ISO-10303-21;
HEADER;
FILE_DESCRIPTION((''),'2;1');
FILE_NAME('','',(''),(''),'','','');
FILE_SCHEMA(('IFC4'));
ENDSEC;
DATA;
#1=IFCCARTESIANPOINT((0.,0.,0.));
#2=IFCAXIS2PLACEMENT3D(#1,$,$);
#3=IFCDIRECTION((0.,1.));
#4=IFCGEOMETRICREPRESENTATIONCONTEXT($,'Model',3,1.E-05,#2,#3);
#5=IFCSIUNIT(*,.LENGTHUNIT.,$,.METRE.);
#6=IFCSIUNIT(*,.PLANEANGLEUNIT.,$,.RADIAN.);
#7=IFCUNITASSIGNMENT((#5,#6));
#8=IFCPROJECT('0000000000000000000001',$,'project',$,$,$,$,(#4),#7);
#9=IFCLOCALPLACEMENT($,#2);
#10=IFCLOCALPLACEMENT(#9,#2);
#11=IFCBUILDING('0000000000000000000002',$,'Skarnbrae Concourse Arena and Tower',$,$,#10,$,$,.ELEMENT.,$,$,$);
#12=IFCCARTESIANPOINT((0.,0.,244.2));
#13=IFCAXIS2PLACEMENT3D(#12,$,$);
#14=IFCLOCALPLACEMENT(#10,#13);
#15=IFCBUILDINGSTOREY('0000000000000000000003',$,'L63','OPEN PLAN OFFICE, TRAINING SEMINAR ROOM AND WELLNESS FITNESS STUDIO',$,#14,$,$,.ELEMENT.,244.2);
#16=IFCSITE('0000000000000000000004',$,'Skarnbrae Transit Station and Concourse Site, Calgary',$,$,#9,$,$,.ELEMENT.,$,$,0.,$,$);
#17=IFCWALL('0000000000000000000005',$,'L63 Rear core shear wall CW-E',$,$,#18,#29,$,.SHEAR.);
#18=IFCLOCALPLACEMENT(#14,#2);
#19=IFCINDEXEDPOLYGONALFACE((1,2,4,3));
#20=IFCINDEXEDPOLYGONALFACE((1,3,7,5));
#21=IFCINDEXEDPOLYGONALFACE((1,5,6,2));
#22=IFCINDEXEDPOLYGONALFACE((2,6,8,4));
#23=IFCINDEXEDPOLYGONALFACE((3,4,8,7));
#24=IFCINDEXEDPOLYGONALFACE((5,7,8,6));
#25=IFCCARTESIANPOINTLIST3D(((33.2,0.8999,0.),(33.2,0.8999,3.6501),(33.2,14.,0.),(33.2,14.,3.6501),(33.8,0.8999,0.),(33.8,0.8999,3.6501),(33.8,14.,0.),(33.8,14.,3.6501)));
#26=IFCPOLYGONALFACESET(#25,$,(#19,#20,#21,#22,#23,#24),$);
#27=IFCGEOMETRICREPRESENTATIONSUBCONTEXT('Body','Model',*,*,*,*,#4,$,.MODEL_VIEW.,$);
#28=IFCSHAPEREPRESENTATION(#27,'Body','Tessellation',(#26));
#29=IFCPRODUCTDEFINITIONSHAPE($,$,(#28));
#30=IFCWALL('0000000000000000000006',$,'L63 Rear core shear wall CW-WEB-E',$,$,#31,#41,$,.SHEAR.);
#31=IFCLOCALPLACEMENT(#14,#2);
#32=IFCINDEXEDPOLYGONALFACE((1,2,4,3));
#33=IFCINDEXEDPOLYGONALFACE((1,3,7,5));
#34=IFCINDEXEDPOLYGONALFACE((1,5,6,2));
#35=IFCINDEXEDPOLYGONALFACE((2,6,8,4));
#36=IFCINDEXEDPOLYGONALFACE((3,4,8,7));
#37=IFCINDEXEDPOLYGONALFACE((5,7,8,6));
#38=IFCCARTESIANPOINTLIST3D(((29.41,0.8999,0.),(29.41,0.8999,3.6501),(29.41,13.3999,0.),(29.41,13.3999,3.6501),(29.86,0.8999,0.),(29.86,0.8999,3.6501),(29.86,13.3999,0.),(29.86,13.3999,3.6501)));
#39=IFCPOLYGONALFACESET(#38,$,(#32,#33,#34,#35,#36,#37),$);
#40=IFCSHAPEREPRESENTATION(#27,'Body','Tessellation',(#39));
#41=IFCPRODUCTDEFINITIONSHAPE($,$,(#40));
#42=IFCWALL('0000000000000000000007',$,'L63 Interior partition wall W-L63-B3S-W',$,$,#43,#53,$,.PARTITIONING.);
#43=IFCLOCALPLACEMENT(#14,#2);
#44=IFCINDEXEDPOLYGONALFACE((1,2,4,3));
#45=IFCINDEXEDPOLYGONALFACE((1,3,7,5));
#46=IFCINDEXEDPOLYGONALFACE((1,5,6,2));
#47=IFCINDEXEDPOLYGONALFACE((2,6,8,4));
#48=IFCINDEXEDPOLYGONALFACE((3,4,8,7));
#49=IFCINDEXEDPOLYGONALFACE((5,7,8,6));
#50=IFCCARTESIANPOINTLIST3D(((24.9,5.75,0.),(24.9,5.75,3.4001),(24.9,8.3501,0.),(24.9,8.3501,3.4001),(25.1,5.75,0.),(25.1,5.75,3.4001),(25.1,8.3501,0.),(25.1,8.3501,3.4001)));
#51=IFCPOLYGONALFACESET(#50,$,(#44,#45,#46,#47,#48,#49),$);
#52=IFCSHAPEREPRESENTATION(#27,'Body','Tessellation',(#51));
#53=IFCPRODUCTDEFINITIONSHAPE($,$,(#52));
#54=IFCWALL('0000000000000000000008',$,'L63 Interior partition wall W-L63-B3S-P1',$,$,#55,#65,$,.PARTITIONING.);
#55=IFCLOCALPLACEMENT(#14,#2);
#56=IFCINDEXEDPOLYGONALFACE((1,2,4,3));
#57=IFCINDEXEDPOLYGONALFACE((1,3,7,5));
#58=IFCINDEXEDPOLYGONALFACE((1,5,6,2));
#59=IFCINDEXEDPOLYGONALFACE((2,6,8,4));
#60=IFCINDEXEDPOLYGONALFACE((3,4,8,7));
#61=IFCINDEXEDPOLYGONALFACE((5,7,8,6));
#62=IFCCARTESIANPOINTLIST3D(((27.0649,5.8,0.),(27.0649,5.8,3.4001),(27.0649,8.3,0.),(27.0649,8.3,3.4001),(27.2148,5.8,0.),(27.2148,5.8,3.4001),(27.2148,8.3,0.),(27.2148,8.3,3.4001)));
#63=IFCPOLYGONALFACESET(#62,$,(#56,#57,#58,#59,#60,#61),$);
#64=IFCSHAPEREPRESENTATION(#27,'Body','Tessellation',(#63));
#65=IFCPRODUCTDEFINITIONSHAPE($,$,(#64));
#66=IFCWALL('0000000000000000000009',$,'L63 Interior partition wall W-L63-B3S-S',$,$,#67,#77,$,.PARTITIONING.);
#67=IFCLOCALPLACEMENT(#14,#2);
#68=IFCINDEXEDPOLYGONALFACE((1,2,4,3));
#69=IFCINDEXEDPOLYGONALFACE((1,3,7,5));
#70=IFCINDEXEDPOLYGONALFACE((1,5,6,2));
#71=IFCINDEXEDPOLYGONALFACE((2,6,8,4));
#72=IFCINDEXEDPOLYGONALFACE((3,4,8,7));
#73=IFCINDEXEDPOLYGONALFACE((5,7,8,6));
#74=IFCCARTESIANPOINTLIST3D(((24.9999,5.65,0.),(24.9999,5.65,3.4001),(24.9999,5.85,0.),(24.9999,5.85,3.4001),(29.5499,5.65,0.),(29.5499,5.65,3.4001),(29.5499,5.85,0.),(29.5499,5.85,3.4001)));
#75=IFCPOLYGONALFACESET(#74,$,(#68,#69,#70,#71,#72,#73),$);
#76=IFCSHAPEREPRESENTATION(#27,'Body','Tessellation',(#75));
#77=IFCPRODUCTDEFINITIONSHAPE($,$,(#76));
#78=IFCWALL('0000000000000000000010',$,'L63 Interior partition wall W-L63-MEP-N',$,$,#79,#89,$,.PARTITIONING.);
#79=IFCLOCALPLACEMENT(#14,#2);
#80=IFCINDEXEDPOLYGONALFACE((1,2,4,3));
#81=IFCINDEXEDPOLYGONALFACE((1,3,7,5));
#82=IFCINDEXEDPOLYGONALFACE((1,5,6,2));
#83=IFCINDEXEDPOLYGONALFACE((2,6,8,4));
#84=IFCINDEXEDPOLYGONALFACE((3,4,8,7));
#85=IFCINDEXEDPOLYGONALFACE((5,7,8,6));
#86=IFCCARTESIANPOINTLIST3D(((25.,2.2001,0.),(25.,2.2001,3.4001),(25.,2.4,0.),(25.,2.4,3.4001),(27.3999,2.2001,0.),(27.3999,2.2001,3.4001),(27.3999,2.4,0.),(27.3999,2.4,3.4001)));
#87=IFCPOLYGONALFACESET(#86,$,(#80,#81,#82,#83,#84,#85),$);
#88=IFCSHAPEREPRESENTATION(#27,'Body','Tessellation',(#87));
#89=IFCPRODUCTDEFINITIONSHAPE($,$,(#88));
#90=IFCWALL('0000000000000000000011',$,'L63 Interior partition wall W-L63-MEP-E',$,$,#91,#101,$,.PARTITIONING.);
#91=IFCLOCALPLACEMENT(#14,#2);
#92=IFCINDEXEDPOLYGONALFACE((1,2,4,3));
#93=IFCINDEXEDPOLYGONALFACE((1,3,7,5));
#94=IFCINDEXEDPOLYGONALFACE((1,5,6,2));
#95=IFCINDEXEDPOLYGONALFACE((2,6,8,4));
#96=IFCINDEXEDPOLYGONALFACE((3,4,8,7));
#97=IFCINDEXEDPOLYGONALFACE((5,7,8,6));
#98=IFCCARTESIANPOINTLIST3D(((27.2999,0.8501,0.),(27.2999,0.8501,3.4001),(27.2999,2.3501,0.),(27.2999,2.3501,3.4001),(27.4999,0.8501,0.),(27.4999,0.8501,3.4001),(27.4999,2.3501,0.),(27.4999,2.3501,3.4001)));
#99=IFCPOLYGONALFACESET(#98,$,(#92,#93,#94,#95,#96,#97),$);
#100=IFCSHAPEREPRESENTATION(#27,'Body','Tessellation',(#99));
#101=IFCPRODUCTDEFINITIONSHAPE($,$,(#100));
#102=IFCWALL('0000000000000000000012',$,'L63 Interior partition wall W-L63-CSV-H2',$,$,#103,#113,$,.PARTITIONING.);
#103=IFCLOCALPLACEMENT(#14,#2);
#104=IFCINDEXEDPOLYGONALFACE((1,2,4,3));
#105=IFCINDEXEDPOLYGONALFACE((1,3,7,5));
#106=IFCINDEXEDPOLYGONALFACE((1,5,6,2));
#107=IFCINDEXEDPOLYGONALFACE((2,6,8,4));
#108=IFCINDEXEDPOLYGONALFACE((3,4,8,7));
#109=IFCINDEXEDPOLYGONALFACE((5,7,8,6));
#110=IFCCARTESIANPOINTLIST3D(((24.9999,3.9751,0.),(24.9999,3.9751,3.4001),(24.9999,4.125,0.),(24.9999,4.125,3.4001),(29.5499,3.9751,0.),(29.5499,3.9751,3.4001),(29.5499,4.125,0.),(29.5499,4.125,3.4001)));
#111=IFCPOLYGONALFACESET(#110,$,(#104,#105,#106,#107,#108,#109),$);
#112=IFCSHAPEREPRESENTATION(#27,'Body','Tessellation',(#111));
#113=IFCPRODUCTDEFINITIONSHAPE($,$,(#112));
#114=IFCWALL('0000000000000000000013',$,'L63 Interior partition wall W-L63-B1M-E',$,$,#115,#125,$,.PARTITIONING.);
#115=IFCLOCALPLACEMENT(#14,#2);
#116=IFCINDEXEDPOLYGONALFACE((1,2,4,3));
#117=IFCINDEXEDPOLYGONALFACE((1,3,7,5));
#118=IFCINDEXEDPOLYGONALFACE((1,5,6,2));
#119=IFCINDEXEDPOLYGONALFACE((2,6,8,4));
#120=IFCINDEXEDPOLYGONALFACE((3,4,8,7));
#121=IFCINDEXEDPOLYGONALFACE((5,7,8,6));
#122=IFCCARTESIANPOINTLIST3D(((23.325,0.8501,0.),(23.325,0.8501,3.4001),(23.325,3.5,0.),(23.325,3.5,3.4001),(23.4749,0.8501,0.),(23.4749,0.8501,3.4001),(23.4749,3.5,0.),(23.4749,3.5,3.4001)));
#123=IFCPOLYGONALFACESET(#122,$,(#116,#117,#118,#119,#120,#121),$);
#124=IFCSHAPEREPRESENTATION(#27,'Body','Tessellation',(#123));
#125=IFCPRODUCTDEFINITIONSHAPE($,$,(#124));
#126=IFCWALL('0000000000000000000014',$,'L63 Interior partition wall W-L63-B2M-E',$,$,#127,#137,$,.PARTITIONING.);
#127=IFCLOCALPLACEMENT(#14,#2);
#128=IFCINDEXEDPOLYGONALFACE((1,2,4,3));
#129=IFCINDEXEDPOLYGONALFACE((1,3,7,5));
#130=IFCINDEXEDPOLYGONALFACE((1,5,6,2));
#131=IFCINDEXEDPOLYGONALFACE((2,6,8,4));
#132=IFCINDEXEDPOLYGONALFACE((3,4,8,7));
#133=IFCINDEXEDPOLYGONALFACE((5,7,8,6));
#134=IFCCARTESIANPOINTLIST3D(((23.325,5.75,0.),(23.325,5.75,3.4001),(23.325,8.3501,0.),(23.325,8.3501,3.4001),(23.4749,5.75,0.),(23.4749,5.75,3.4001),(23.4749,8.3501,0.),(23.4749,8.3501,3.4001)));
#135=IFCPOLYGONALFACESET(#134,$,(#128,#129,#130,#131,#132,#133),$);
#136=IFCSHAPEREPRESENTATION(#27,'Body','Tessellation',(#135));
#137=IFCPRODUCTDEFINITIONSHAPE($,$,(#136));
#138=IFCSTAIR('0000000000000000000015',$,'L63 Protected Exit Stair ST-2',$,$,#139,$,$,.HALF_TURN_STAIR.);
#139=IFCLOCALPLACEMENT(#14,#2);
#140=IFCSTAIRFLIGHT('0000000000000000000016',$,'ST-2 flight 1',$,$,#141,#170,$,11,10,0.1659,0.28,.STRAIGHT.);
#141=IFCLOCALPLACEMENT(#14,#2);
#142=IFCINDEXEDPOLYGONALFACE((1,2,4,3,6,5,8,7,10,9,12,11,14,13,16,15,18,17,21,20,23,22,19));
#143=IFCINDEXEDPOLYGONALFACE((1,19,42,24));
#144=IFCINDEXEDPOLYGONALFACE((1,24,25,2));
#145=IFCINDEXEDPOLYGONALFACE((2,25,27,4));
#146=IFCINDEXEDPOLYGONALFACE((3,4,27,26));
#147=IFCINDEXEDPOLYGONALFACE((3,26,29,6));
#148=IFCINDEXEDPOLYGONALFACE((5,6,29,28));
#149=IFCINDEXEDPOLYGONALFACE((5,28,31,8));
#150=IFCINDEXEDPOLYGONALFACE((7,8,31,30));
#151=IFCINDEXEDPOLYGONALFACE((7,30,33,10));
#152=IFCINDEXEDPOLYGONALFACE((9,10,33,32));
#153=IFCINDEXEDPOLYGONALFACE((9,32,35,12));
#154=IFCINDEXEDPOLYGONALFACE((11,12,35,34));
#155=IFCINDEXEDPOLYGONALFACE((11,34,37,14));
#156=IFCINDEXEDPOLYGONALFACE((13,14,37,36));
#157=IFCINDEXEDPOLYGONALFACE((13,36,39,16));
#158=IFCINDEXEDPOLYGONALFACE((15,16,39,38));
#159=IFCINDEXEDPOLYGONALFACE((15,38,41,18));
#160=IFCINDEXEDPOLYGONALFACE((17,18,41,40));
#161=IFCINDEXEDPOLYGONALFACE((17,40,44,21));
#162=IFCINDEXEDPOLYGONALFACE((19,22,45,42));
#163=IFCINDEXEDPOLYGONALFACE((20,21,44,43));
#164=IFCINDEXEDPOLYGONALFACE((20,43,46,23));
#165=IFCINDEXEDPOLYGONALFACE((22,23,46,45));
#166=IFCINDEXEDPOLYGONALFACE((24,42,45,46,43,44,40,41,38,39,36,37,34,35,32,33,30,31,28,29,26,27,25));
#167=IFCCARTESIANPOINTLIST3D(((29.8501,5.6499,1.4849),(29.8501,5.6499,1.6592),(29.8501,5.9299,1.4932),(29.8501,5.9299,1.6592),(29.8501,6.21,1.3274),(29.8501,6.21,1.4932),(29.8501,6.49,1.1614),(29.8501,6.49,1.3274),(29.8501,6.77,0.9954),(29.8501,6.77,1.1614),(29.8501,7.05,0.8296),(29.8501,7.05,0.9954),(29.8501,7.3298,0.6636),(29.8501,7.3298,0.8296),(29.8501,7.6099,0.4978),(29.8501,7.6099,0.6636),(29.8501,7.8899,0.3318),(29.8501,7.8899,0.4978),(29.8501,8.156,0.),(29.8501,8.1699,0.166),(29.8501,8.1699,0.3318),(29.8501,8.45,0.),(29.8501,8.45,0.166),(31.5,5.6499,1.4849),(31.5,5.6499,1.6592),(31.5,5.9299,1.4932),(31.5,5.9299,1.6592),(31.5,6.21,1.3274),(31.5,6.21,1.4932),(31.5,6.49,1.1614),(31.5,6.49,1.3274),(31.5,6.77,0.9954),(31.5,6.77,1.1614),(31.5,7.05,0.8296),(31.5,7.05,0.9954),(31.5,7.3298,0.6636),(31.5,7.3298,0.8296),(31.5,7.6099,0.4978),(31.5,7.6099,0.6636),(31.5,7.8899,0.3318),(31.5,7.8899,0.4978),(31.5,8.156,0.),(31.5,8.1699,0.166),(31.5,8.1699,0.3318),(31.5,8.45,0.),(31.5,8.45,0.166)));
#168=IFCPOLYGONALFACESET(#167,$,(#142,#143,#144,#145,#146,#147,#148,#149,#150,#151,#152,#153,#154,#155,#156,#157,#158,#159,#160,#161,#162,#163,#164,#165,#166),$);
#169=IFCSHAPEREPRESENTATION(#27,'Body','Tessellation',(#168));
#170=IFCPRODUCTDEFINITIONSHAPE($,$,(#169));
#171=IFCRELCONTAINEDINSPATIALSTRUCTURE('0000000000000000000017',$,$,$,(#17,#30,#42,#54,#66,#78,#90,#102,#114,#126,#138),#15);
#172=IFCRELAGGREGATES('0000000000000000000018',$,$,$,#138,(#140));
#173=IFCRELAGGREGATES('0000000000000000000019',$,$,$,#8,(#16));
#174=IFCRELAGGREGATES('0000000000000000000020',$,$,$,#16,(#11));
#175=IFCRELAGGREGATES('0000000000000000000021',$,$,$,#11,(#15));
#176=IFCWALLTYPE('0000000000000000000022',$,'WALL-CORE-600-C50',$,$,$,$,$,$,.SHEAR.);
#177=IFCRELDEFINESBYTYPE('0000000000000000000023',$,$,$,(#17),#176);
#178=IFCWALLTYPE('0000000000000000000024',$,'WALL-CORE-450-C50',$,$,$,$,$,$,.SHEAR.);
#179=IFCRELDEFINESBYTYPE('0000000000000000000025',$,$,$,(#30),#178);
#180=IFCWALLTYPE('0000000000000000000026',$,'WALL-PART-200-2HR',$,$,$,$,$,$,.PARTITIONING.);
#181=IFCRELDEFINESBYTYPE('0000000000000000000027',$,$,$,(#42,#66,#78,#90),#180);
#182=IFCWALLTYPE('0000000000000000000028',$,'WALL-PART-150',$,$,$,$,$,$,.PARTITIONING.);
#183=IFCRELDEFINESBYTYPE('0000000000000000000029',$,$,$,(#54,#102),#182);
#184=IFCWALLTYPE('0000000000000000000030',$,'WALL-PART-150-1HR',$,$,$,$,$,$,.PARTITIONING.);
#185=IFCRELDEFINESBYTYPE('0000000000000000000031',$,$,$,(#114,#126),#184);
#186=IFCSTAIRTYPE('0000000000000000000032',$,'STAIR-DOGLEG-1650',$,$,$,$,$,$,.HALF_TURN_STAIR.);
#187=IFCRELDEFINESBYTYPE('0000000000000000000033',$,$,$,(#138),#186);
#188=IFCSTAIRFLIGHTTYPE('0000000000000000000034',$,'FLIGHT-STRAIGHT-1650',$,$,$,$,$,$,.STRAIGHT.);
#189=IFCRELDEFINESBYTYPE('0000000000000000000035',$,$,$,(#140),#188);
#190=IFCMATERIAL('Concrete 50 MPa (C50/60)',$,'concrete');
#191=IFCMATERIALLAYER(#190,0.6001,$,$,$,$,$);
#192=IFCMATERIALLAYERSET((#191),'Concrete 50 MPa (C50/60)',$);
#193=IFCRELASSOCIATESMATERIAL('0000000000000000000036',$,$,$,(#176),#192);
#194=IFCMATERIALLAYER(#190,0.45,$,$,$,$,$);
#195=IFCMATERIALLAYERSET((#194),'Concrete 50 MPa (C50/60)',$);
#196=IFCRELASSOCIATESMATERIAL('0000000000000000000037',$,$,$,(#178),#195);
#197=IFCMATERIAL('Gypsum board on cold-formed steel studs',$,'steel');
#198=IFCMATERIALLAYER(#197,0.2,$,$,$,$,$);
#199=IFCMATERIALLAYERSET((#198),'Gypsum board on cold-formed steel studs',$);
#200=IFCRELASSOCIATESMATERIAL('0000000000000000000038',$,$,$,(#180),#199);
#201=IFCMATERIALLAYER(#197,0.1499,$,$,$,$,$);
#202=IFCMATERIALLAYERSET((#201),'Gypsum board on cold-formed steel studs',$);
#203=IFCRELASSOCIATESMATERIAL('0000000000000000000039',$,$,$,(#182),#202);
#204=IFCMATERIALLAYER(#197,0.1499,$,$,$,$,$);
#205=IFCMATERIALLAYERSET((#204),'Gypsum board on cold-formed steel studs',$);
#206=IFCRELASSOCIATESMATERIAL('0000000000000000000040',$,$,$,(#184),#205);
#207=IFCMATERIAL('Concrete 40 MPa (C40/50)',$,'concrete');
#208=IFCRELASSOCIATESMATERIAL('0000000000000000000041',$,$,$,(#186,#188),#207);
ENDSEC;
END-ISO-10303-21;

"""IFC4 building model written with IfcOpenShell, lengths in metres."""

from ifc_helpers import new_model, si_unit, direction, frame, frame_2d, origin, place, context, subcontext, project, spatial, polyline, rectangle, outline, extrude, source, transform, mapped, material, layer, layer_set, type_object, element, aggregate, save


model = new_model("IFC4")

# Units and contexts
model_context = context("Model", 3, precision=1e-05, world=origin(), true_north=direction((0.0, 1.0)))
body_context = subcontext(model_context, "Body", "Model", "MODEL_VIEW")
ifc_project = project(units=[si_unit("LENGTHUNIT", "METRE"), si_unit("PLANEANGLEUNIT", "RADIAN")], contexts=[model_context])

# Site, building, storey
site_placement = place(None, origin())
site = spatial("IfcSite", under=ifc_project, at=site_placement, Name="Skarnbrae Transit Station and Concourse Site, Calgary", CompositionType="ELEMENT", RefElevation=0.0)
building_placement = place(site_placement, origin())
building = spatial("IfcBuilding", under=site, at=building_placement, Name="Skarnbrae Concourse Arena and Tower", CompositionType="ELEMENT")
storey_placement = place(building_placement, frame((0.0, 0.0, 244.2)))
storey = spatial("IfcBuildingStorey", under=building, at=storey_placement, Name="L63", Description="OPEN PLAN OFFICE, TRAINING SEMINAR ROOM AND WELLNESS FITNESS STUDIO", CompositionType="ELEMENT", Elevation=244.2)

# Walls
ifc_material_1 = material(Name="Concrete 50 MPa (C50/60)", Category="concrete")
ifc_layer_1 = layer(ifc_material_1, 0.6001)
ifc_layer_set_1 = layer_set([ifc_layer_1], Name="Concrete 50 MPa (C50/60)")
wall_type_1 = type_object("IfcWallType", Name="WALL-CORE-600-C50", PredefinedType="SHEAR", material=ifc_layer_set_1)
shared_shape_1 = source(origin(), body_context, "Body", "SweptSolid", [
    extrude(rectangle(XDim=13.1001, YDim=0.6001, at=frame_2d((6.55, 0.0))), origin(), (0.0, 0.0, 1.0), 3.6501),
])
wall_1_placement = place(storey_placement, frame((33.5, 0.8999, 0.0), z_axis=(0.0, 0.0, 1.0), x_axis=(0.0, 1.0, 0.0)))
element("IfcWall", 1, at=wall_1_placement, inside=storey, type_object=wall_type_1, Name="L63 Rear core shear wall CW-E", PredefinedType="SHEAR", context=body_context, shape_type="MappedRepresentation", body=[
    mapped(shared_shape_1, transform((0.0, 0.0, 0.0))),
])
ifc_layer_2 = layer(ifc_material_1, 0.45)
ifc_layer_set_2 = layer_set([ifc_layer_2], Name="Concrete 50 MPa (C50/60)")
wall_type_2 = type_object("IfcWallType", Name="WALL-CORE-450-C50", PredefinedType="SHEAR", material=ifc_layer_set_2)
shared_shape_2 = source(origin(), body_context, "Body", "SweptSolid", [
    extrude(rectangle(XDim=12.5, YDim=0.45, at=frame_2d((6.25, 0.0))), origin(), (0.0, 0.0, 1.0), 3.6501),
])
wall_2_placement = place(storey_placement, frame((29.635, 0.8999, 0.0), z_axis=(0.0, 0.0, 1.0), x_axis=(0.0, 1.0, 0.0)))
element("IfcWall", 2, at=wall_2_placement, inside=storey, type_object=wall_type_2, Name="L63 Rear core shear wall CW-WEB-E", PredefinedType="SHEAR", context=body_context, shape_type="MappedRepresentation", body=[
    mapped(shared_shape_2, transform((0.0, 0.0, 0.0))),
])
ifc_material_2 = material(Name="Gypsum board on cold-formed steel studs", Category="steel")
ifc_layer_3 = layer(ifc_material_2, 0.2)
ifc_layer_set_3 = layer_set([ifc_layer_3], Name="Gypsum board on cold-formed steel studs")
wall_type_3 = type_object("IfcWallType", Name="WALL-PART-200-2HR", PredefinedType="PARTITIONING", material=ifc_layer_set_3)
shared_shape_3 = source(origin(), body_context, "Body", "SweptSolid", [
    extrude(rectangle(XDim=2.6001, YDim=0.2, at=frame_2d((1.3, 0.0))), origin(), (0.0, 0.0, 1.0), 3.4001),
])
wall_3_placement = place(storey_placement, frame((25.0, 5.75, 0.0), z_axis=(0.0, 0.0, 1.0), x_axis=(0.0, 1.0, 0.0)))
element("IfcWall", 3, at=wall_3_placement, inside=storey, type_object=wall_type_3, Name="L63 Interior partition wall W-L63-B3S-W", PredefinedType="PARTITIONING", context=body_context, shape_type="MappedRepresentation", body=[
    mapped(shared_shape_3, transform((0.0, 0.0, 0.0))),
])
ifc_layer_4 = layer(ifc_material_2, 0.1499)
ifc_layer_set_4 = layer_set([ifc_layer_4], Name="Gypsum board on cold-formed steel studs")
wall_type_4 = type_object("IfcWallType", Name="WALL-PART-150", PredefinedType="PARTITIONING", material=ifc_layer_set_4)
shared_shape_4 = source(origin(), body_context, "Body", "SweptSolid", [
    extrude(rectangle(XDim=2.5, YDim=0.1499, at=frame_2d((1.25, 0.0))), origin(), (0.0, 0.0, 1.0), 3.4001),
])
wall_4_placement = place(storey_placement, frame((27.1399, 5.8, 0.0), z_axis=(0.0, 0.0, 1.0), x_axis=(0.0, 1.0, 0.0)))
element("IfcWall", 4, at=wall_4_placement, inside=storey, type_object=wall_type_4, Name="L63 Interior partition wall W-L63-B3S-P1", PredefinedType="PARTITIONING", context=body_context, shape_type="MappedRepresentation", body=[
    mapped(shared_shape_4, transform((0.0, 0.0, 0.0))),
])

# Shared definitions
shared_shape_5 = source(origin(), body_context, "Body", "SweptSolid", [
    extrude(rectangle(XDim=4.55, YDim=0.2, at=frame_2d((2.2749, 0.0))), origin(), (0.0, 0.0, 1.0), 3.4001),
])

# Wall
wall_5_placement = place(storey_placement, frame((25.0, 5.75, 0.0), z_axis=(0.0, 0.0, 1.0), x_axis=(1.0, 0.0, 0.0)))
element("IfcWall", 5, at=wall_5_placement, inside=storey, type_object=wall_type_3, Name="L63 Interior partition wall W-L63-B3S-S", PredefinedType="PARTITIONING", context=body_context, shape_type="MappedRepresentation", body=[
    mapped(shared_shape_5, transform((0.0, 0.0, 0.0))),
])

# Shared definitions
ifc_layer_5 = layer(ifc_material_2, 0.1499)
ifc_layer_set_5 = layer_set([ifc_layer_5], Name="Gypsum board on cold-formed steel studs")
wall_type_5 = type_object("IfcWallType", Name="WALL-PART-150-1HR", PredefinedType="PARTITIONING", material=ifc_layer_set_5)

# Walls
shared_shape_6 = source(origin(), body_context, "Body", "SweptSolid", [
    extrude(rectangle(XDim=2.3999, YDim=0.2, at=frame_2d((1.2, 0.0))), origin(), (0.0, 0.0, 1.0), 3.4001),
])
wall_6_placement = place(storey_placement, frame((25.0, 2.3, 0.0), z_axis=(0.0, 0.0, 1.0), x_axis=(1.0, 0.0, 0.0)))
element("IfcWall", 6, at=wall_6_placement, inside=storey, type_object=wall_type_3, Name="L63 Interior partition wall W-L63-MEP-N", PredefinedType="PARTITIONING", context=body_context, shape_type="MappedRepresentation", body=[
    mapped(shared_shape_6, transform((0.0, 0.0, 0.0))),
])
shared_shape_7 = source(origin(), body_context, "Body", "SweptSolid", [
    extrude(rectangle(XDim=1.5, YDim=0.2, at=frame_2d((0.75, 0.0))), origin(), (0.0, 0.0, 1.0), 3.4001),
])
wall_7_placement = place(storey_placement, frame((27.3999, 0.8501, 0.0), z_axis=(0.0, 0.0, 1.0), x_axis=(0.0, 1.0, 0.0)))
element("IfcWall", 7, at=wall_7_placement, inside=storey, type_object=wall_type_3, Name="L63 Interior partition wall W-L63-MEP-E", PredefinedType="PARTITIONING", context=body_context, shape_type="MappedRepresentation", body=[
    mapped(shared_shape_7, transform((0.0, 0.0, 0.0))),
])
shared_shape_8 = source(origin(), body_context, "Body", "SweptSolid", [
    extrude(rectangle(XDim=4.55, YDim=0.1499, at=frame_2d((2.2749, 0.0))), origin(), (0.0, 0.0, 1.0), 3.4001),
])
wall_8_placement = place(storey_placement, frame((25.0, 4.05, 0.0), z_axis=(0.0, 0.0, 1.0), x_axis=(1.0, 0.0, 0.0)))
element("IfcWall", 8, at=wall_8_placement, inside=storey, type_object=wall_type_4, Name="L63 Interior partition wall W-L63-CSV-H2", PredefinedType="PARTITIONING", context=body_context, shape_type="MappedRepresentation", body=[
    mapped(shared_shape_8, transform((0.0, 0.0, 0.0))),
])
shared_shape_9 = source(origin(), body_context, "Body", "SweptSolid", [
    extrude(rectangle(XDim=2.6499, YDim=0.1499, at=frame_2d((1.325, 0.0))), origin(), (0.0, 0.0, 1.0), 3.4001),
])
wall_9_placement = place(storey_placement, frame((23.3999, 0.8501, 0.0), z_axis=(0.0, 0.0, 1.0), x_axis=(0.0, 1.0, 0.0)))
element("IfcWall", 9, at=wall_9_placement, inside=storey, type_object=wall_type_5, Name="L63 Interior partition wall W-L63-B1M-E", PredefinedType="PARTITIONING", context=body_context, shape_type="MappedRepresentation", body=[
    mapped(shared_shape_9, transform((0.0, 0.0, 0.0))),
])
shared_shape_10 = source(origin(), body_context, "Body", "SweptSolid", [
    extrude(rectangle(XDim=2.6001, YDim=0.1499, at=frame_2d((1.3, 0.0))), origin(), (0.0, 0.0, 1.0), 3.4001),
])
wall_10_placement = place(storey_placement, frame((23.3999, 5.75, 0.0), z_axis=(0.0, 0.0, 1.0), x_axis=(0.0, 1.0, 0.0)))
element("IfcWall", 10, at=wall_10_placement, inside=storey, type_object=wall_type_5, Name="L63 Interior partition wall W-L63-B2M-E", PredefinedType="PARTITIONING", context=body_context, shape_type="MappedRepresentation", body=[
    mapped(shared_shape_10, transform((0.0, 0.0, 0.0))),
])

# Stair, stair flight
ifc_material_3 = material(Name="Concrete 40 MPa (C40/50)", Category="concrete")
stair_type = type_object("IfcStairType", Name="STAIR-DOGLEG-1650", PredefinedType="HALF_TURN_STAIR", material=ifc_material_3)
stair_placement = place(storey_placement, origin())
stair = element("IfcStair", 11, at=stair_placement, inside=storey, type_object=stair_type, Name="L63 Protected Exit Stair ST-2", PredefinedType="HALF_TURN_STAIR")
stair_flight_type = type_object("IfcStairFlightType", Name="FLIGHT-STRAIGHT-1650", PredefinedType="STRAIGHT", material=ifc_material_3)
shared_shape_11 = source(origin(), body_context, "Body", "SweptSolid", [
    extrude(outline(polyline([(0.0, 0.0), (0.0, 0.166), (0.28, 0.166), (0.28, 0.3318), (0.5601, 0.3318), (0.5601, 0.4978), (0.8401, 0.4978), (0.8401, 0.6636), (1.1201, 0.6636), (1.1201, 0.8296), (1.3999, 0.8296), (1.3999, 0.9954), (1.6799, 0.9954), (1.6799, 1.1614), (1.96, 1.1614), (1.96, 1.3274), (2.24, 1.3274), (2.24, 1.4932), (2.52, 1.4932), (2.52, 1.6592), (2.8, 1.6592), (2.8, 1.825), (2.8, 1.4849), (0.2939, 0.0), (0.0, 0.0)])), frame((0.0, 0.825, 0.0), z_axis=(0.0, -1.0, 0.0), x_axis=(1.0, 0.0, 0.0)), (0.0, 0.0, 1.0), 1.6499),
])
stair_flight_1_placement = place(storey_placement, frame((30.675, 8.45, 0.0), z_axis=(0.0, 0.0, 1.0), x_axis=(0.0, -1.0, 0.0)))
stair_flight_1 = element("IfcStairFlight", 12, at=stair_flight_1_placement, type_object=stair_flight_type, Name="ST-2 flight 1", NumberOfRisers=11, NumberOfTreads=10, PredefinedType="STRAIGHT", RiserHeight=0.1659, TreadLength=0.28, context=body_context, shape_type="MappedRepresentation", body=[
    mapped(shared_shape_11, transform((0.0, 0.0, 0.0))),
])
aggregate(stair, [stair_flight_1])

save(model, "model.ifc")
